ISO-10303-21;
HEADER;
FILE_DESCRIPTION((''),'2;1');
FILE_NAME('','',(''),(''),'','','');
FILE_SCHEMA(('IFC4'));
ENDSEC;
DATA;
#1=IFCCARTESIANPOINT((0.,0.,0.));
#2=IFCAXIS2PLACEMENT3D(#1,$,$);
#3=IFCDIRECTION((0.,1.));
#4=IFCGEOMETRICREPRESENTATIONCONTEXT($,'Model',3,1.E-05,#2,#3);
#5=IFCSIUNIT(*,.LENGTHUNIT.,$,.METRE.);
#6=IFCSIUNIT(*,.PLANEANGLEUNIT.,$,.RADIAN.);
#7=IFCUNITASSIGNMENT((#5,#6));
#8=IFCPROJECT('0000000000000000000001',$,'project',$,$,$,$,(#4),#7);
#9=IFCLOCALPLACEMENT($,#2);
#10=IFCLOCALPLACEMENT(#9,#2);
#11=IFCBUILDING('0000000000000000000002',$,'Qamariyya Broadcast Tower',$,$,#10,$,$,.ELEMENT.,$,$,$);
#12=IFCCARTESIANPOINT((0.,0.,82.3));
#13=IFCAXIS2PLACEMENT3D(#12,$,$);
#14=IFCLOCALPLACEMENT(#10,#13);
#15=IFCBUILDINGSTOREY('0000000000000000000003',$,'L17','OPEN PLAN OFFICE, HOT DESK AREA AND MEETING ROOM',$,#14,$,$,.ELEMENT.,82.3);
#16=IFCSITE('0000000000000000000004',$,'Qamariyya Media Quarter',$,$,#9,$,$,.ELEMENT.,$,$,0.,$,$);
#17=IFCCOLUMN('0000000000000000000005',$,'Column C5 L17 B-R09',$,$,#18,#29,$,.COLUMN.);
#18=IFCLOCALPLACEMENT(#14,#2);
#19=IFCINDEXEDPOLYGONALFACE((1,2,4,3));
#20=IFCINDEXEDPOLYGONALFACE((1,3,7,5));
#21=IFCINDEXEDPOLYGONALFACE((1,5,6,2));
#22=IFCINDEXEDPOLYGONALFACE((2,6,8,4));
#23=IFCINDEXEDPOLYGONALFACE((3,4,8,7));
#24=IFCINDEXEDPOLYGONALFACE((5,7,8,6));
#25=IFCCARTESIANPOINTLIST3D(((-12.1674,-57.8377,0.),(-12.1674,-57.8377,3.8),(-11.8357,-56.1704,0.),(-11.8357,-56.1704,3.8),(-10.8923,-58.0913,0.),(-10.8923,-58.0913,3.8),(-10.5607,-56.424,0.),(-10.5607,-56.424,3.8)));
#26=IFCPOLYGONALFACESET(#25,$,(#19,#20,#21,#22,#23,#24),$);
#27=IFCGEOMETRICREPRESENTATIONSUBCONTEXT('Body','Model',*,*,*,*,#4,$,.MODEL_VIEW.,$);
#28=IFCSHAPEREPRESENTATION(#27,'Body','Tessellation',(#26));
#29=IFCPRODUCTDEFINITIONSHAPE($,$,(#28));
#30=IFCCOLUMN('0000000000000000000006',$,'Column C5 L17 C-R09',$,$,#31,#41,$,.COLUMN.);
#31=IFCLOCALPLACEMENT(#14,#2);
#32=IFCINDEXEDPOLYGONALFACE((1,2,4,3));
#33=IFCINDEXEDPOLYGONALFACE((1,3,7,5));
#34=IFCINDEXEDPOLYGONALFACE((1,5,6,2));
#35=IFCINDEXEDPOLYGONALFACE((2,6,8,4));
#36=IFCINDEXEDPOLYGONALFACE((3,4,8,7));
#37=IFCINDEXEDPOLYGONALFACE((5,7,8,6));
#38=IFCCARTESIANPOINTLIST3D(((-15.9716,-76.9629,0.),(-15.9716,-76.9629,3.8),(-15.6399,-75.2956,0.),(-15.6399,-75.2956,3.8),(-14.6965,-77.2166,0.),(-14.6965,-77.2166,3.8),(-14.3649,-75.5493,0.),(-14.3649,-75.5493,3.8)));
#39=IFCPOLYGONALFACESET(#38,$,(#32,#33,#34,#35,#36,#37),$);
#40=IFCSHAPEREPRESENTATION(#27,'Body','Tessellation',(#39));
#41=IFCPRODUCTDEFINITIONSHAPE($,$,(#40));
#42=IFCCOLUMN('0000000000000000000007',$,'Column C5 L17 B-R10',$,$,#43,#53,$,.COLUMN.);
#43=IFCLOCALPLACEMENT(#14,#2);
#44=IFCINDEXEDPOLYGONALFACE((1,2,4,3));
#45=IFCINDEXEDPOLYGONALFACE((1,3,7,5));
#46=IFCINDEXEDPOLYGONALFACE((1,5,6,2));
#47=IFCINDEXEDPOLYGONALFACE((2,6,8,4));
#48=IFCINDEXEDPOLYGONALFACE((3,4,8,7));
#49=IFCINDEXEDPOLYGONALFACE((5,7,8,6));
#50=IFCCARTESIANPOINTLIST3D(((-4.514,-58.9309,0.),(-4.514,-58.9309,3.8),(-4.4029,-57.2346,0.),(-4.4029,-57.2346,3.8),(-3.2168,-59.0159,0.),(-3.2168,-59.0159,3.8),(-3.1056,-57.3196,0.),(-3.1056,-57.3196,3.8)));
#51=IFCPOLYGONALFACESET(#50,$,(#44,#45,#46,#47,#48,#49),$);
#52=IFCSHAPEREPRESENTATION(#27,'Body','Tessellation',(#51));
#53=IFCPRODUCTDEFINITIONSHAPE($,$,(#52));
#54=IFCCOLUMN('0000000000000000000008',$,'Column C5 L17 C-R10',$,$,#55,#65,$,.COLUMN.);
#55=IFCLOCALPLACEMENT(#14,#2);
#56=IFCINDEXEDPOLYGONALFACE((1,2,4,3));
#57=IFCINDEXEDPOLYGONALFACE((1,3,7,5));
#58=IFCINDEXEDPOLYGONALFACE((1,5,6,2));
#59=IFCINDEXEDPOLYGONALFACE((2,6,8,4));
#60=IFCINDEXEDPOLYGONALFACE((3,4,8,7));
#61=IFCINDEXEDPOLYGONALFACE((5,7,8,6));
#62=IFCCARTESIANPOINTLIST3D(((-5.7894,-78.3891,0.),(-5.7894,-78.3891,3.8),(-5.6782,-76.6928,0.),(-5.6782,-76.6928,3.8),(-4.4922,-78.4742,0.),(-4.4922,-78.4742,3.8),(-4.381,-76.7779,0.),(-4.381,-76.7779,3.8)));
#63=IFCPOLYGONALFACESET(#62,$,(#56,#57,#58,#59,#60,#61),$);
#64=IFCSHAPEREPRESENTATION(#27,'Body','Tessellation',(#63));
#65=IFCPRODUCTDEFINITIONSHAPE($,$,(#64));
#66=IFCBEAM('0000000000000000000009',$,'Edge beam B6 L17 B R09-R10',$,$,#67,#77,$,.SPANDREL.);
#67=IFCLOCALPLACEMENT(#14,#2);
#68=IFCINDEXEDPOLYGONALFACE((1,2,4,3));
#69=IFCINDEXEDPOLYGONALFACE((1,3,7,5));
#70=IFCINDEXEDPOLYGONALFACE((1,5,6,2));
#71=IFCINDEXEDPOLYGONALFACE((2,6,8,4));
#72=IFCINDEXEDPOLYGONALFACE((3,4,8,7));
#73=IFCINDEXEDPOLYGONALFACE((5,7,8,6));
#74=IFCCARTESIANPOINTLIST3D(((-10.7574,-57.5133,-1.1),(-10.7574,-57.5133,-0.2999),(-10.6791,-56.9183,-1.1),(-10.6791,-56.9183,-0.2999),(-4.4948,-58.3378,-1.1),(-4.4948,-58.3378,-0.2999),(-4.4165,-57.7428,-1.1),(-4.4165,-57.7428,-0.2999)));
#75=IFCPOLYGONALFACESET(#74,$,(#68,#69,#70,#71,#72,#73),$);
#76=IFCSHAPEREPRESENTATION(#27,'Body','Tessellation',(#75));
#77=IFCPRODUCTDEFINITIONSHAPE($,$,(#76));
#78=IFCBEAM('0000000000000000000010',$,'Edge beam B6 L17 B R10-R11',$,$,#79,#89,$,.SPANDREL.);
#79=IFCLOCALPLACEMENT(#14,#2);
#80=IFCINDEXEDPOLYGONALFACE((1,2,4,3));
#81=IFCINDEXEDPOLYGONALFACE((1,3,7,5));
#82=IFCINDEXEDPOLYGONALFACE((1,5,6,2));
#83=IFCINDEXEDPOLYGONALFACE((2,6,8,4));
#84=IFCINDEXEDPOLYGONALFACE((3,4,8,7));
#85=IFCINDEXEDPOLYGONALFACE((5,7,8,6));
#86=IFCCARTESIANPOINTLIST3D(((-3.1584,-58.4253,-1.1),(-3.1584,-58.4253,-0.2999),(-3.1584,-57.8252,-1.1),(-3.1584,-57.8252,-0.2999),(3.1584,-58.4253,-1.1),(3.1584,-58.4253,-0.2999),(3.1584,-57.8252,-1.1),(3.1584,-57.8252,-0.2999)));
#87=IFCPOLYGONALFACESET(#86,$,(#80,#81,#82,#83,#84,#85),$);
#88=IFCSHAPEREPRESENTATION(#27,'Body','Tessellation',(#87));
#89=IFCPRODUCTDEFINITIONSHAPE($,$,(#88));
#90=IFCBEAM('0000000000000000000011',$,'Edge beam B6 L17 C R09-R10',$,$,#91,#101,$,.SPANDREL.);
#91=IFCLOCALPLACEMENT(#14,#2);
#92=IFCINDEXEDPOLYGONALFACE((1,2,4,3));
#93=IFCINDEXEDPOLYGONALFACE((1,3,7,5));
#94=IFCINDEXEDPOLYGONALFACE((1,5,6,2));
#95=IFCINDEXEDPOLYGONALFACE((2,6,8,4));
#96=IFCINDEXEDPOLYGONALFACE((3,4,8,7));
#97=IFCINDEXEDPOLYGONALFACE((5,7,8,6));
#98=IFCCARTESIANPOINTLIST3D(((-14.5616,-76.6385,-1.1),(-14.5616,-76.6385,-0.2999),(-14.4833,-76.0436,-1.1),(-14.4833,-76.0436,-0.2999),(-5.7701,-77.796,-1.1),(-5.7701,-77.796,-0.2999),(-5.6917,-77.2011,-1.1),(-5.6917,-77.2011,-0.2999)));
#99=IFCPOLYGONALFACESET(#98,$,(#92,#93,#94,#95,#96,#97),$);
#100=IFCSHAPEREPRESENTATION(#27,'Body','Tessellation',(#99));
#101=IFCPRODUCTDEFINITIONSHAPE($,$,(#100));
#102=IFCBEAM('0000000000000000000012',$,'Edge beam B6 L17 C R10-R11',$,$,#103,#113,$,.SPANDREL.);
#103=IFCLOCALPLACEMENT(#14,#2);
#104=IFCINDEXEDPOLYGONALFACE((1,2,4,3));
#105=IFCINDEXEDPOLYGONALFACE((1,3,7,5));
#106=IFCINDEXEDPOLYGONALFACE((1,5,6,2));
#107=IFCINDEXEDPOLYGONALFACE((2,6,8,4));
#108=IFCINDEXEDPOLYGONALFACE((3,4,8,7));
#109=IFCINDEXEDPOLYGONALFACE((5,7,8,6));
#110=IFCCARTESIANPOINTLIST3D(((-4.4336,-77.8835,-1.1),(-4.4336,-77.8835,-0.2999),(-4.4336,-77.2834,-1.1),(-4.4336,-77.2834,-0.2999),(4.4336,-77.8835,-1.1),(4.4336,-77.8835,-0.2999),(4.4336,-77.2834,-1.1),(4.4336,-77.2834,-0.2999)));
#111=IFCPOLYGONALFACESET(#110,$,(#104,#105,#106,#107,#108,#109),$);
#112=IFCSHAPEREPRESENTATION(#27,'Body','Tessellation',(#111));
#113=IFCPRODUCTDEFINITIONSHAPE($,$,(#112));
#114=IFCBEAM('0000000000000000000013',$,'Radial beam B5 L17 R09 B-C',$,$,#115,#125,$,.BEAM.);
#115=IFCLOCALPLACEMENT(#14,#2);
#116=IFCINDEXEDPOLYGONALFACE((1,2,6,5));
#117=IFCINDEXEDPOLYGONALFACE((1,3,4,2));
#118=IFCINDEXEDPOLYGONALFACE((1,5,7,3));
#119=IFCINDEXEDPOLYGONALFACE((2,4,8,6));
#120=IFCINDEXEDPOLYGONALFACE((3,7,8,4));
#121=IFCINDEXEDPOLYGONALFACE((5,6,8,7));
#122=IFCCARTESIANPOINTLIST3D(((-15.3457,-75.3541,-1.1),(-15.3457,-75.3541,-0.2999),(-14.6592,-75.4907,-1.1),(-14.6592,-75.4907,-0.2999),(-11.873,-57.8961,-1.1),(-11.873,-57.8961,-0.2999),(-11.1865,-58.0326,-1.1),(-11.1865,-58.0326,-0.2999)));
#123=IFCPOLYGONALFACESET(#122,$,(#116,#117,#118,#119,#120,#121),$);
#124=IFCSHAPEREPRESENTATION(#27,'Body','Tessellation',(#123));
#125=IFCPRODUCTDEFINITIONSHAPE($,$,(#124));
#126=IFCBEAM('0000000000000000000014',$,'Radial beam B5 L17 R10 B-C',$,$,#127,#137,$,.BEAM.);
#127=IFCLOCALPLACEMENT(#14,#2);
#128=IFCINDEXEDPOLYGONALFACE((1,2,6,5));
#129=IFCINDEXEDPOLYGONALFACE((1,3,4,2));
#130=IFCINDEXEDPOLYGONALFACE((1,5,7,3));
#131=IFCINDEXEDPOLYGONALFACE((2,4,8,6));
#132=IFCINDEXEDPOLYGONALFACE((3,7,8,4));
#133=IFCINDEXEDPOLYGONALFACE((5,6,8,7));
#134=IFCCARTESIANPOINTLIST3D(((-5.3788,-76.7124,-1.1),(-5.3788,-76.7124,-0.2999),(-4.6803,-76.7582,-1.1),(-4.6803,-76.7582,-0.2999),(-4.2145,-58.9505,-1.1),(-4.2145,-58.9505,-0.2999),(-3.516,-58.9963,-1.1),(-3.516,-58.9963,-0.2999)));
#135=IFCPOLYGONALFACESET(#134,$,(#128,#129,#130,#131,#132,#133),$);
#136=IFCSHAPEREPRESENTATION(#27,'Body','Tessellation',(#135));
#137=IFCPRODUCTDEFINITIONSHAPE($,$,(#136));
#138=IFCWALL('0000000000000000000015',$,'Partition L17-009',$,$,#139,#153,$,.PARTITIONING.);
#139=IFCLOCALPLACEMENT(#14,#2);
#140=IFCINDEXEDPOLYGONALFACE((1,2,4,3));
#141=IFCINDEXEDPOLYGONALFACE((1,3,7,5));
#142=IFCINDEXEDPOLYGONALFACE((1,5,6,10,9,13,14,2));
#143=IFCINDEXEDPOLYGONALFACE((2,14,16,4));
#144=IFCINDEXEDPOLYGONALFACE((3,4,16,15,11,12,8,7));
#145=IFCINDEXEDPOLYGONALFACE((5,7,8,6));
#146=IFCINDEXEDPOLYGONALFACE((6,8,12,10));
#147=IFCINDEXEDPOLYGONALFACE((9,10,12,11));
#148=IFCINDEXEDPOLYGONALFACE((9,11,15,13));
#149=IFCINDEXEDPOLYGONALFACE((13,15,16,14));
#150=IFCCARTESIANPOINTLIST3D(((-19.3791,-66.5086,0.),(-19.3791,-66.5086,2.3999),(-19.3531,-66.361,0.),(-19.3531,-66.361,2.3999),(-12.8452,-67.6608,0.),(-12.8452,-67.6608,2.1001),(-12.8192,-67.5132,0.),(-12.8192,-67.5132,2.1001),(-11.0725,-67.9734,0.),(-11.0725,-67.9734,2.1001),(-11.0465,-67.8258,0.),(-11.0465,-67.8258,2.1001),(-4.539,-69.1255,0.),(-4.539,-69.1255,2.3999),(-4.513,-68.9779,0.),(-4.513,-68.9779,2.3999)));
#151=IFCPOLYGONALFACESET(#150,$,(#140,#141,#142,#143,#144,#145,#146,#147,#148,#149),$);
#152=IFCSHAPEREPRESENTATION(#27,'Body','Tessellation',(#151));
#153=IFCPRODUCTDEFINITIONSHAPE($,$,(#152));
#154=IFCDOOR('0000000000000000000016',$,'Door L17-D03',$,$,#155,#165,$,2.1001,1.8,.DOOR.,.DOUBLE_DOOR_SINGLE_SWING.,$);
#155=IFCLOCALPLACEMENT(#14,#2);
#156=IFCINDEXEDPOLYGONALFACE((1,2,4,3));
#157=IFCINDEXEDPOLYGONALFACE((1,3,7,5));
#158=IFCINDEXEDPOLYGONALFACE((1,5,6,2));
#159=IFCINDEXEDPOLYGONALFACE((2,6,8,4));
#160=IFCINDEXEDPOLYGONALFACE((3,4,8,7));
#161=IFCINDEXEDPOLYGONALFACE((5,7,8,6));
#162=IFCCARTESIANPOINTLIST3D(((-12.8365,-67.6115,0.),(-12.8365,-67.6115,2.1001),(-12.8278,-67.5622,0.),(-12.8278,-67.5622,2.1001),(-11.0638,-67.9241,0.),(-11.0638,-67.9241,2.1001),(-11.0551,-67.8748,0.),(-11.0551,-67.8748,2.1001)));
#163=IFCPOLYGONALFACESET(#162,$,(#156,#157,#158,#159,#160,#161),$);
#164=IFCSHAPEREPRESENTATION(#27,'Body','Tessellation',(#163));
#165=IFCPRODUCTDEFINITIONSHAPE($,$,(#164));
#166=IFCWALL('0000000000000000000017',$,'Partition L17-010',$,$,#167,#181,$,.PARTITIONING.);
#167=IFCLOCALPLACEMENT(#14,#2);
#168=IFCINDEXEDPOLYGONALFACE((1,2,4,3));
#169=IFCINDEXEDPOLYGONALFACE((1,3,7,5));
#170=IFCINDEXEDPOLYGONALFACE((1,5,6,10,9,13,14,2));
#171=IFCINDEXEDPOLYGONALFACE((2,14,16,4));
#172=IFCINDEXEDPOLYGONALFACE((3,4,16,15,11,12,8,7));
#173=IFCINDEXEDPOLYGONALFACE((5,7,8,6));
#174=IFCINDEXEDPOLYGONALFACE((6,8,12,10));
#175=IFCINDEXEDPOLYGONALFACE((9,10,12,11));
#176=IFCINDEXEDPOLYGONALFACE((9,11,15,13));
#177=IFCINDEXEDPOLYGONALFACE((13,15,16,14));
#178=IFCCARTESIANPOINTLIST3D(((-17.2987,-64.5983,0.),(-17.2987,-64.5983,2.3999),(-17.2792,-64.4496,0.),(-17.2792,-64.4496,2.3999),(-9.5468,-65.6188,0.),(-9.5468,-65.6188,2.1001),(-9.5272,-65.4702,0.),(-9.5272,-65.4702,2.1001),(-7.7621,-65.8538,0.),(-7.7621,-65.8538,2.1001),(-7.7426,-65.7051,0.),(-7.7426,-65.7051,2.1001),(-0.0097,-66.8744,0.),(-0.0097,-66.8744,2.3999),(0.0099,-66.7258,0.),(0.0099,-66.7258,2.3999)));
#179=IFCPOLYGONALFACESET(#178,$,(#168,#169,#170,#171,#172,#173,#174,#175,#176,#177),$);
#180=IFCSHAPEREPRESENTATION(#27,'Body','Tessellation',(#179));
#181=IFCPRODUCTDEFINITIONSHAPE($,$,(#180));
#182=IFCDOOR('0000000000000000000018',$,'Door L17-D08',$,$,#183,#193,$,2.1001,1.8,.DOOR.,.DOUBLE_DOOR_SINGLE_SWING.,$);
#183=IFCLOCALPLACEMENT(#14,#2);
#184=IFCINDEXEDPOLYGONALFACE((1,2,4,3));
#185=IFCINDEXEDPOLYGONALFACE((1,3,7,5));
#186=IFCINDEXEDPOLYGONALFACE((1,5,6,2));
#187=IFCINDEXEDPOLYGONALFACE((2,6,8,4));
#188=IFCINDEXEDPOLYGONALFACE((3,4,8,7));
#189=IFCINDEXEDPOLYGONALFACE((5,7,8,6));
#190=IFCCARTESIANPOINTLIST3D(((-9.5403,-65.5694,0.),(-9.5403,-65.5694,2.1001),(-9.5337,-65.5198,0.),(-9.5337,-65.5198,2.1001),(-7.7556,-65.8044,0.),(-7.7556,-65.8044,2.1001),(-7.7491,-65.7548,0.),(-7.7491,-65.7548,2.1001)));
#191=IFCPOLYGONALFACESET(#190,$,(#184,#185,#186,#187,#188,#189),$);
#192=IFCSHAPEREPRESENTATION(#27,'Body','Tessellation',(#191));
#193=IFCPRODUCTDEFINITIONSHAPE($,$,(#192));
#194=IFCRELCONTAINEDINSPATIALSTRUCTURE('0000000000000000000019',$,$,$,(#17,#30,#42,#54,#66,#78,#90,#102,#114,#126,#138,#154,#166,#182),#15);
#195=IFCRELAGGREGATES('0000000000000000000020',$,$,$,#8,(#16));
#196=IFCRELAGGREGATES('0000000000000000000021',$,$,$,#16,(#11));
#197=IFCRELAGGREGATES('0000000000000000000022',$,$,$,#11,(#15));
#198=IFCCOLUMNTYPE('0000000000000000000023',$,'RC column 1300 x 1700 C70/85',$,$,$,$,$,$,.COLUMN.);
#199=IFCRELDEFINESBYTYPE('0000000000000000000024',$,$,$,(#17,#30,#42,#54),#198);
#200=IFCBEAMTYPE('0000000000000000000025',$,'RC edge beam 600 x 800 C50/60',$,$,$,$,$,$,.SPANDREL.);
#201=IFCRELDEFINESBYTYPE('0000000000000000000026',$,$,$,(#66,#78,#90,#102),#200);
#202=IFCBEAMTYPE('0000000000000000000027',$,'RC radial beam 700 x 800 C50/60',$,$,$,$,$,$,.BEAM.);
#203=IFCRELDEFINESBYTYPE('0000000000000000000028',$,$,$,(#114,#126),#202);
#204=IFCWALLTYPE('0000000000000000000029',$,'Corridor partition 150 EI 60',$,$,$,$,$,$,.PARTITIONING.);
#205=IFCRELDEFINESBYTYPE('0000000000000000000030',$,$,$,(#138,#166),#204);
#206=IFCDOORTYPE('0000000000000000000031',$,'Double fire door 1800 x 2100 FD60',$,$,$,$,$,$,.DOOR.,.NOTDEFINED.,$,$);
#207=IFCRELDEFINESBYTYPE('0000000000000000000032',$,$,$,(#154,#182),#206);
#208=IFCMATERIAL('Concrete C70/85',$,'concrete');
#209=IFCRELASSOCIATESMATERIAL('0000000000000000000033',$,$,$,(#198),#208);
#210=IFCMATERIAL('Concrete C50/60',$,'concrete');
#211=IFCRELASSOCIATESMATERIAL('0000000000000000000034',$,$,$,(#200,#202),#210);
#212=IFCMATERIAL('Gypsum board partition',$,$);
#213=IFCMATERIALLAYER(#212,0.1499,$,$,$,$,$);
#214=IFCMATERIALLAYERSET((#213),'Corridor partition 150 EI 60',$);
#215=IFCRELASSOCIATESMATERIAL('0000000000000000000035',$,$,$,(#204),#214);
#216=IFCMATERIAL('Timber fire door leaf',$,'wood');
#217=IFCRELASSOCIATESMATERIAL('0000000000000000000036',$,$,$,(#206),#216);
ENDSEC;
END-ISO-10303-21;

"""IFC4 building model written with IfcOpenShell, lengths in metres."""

from ifc_helpers import new_model, si_unit, direction, frame, frame_2d, origin, origin_2d, place, context, subcontext, project, spatial, rectangle, extrude, material, layer, layer_set, material_profile, profile_set, type_object, element, fill, save


model = new_model("IFC4")

# Units and contexts
model_context = context("Model", 3, precision=1e-05, world=origin(), true_north=direction((0.0, 1.0)))
body_context = subcontext(model_context, "Body", "Model", "MODEL_VIEW")
ifc_project = project(units=[si_unit("LENGTHUNIT", "METRE"), si_unit("PLANEANGLEUNIT", "RADIAN")], contexts=[model_context])

# Site, building, storey
site_placement = place(None, origin())
site = spatial("IfcSite", under=ifc_project, at=site_placement, Name="Qamariyya Media Quarter", CompositionType="ELEMENT", RefElevation=0.0)
building_placement = place(site_placement, origin())
building = spatial("IfcBuilding", under=site, at=building_placement, Name="Qamariyya Broadcast Tower", CompositionType="ELEMENT")
storey_placement = place(building_placement, frame((0.0, 0.0, 82.3)))
storey = spatial("IfcBuildingStorey", under=building, at=storey_placement, Name="L17", Description="OPEN PLAN OFFICE, HOT DESK AREA AND MEETING ROOM", CompositionType="ELEMENT", Elevation=82.3)

# Columns
ifc_material_1 = material(Name="Concrete C70/85", Category="concrete")
ifc_material_profile_1 = material_profile(ifc_material_1, rectangle(XDim=1.3, YDim=1.7, at=origin_2d()))
ifc_profile_set_1 = profile_set([ifc_material_profile_1], Name="Concrete C70/85")
column_type = type_object("IfcColumnType", Name="RC column 1300 x 1700 C70/85", PredefinedType="COLUMN", material=ifc_profile_set_1)
for number, where, z_axis, x_axis, name in (
    (1, (-11.364, -57.1309, 0.0), (0.0, 0.0, 1.0), (0.980785, -0.19509, 0.0), "Column C5 L17 B-R09"),
    (2, (-15.1682, -76.2561, 0.0), (0.0, 0.0, 1.0), (0.980785, -0.19509, 0.0), "Column C5 L17 C-R09"),
    (3, (-3.8098, -58.1252, 0.0), (0.0, 0.0, 1.0), (0.997859, -0.065403, 0.0), "Column C5 L17 B-R10"),
    (4, (-5.0852, -77.5835, 0.0), (0.0, 0.0, 1.0), (0.997859, -0.065403, 0.0), "Column C5 L17 C-R10"),
):
    element("IfcColumn", number, at=place(storey_placement, frame(where, z_axis=z_axis, x_axis=x_axis)), inside=storey, type_object=column_type, Name=name, PredefinedType="COLUMN", context=body_context, shape_type="SweptSolid", body=[
        extrude(rectangle(XDim=1.3, YDim=1.7, at=origin_2d()), origin(), (0.0, 0.0, 1.0), 3.8),
    ])

# Beams
ifc_material_2 = material(Name="Concrete C50/60", Category="concrete")
ifc_material_profile_2 = material_profile(ifc_material_2, rectangle(XDim=0.6001, YDim=0.8, at=origin_2d()))
ifc_profile_set_2 = profile_set([ifc_material_profile_2], Name="Concrete C50/60")
beam_type_1 = type_object("IfcBeamType", Name="RC edge beam 600 x 800 C50/60", PredefinedType="SPANDREL", material=ifc_profile_set_2)
beam_1_placement = place(storey_placement, frame((-10.7183, -57.2158, -0.7), z_axis=(0.991446, -0.13052, 0.0), x_axis=(0.13052, 0.991446, 0.0)))
element("IfcBeam", 5, at=beam_1_placement, inside=storey, type_object=beam_type_1, Name="Edge beam B6 L17 B R09-R10", PredefinedType="SPANDREL", context=body_context, shape_type="SweptSolid", body=[
    extrude(rectangle(XDim=0.6001, YDim=0.8, at=origin_2d()), origin(), (0.0, 0.0, 1.0), 6.3167),
])
beam_2_placement = place(storey_placement, frame((-3.1584, -58.1252, -0.7), z_axis=(1.0, 0.0, 0.0), x_axis=(0.0, 1.0, 0.0)))
element("IfcBeam", 6, at=beam_2_placement, inside=storey, type_object=beam_type_1, Name="Edge beam B6 L17 B R10-R11", PredefinedType="SPANDREL", context=body_context, shape_type="SweptSolid", body=[
    extrude(rectangle(XDim=0.6001, YDim=0.8, at=origin_2d()), origin(), (0.0, 0.0, 1.0), 6.3169),
])
beam_3_placement = place(storey_placement, frame((-14.5225, -76.3411, -0.7), z_axis=(0.991444, -0.130531, 0.0), x_axis=(0.130531, 0.991444, 0.0)))
element("IfcBeam", 7, at=beam_3_placement, inside=storey, type_object=beam_type_1, Name="Edge beam B6 L17 C R09-R10", PredefinedType="SPANDREL", context=body_context, shape_type="SweptSolid", body=[
    extrude(rectangle(XDim=0.6001, YDim=0.8, at=origin_2d()), origin(), (0.0, 0.0, 1.0), 8.8674),
])
beam_4_placement = place(storey_placement, frame((-4.4336, -77.5835, -0.7), z_axis=(1.0, 0.0, 0.0), x_axis=(0.0, 1.0, 0.0)))
element("IfcBeam", 8, at=beam_4_placement, inside=storey, type_object=beam_type_1, Name="Edge beam B6 L17 C R10-R11", PredefinedType="SPANDREL", context=body_context, shape_type="SweptSolid", body=[
    extrude(rectangle(XDim=0.6001, YDim=0.8, at=origin_2d()), origin(), (0.0, 0.0, 1.0), 8.8672),
])
ifc_material_profile_3 = material_profile(ifc_material_2, rectangle(XDim=0.7, YDim=0.8, at=origin_2d()))
ifc_profile_set_3 = profile_set([ifc_material_profile_3], Name="Concrete C50/60")
beam_type_2 = type_object("IfcBeamType", Name="RC radial beam 700 x 800 C50/60", PredefinedType="BEAM", material=ifc_profile_set_3)
for number, where, z_axis, x_axis, name in (
    (9, (-11.5298, -57.9644, -0.7), (-0.195093, -0.980785, 0.0), (0.980785, -0.195093, 0.0), "Radial beam B5 L17 R09 B-C"),
    (10, (-3.8652, -58.9734, -0.7), (-0.06541, -0.997858, 0.0), (0.997858, -0.06541, 0.0), "Radial beam B5 L17 R10 B-C"),
):
    element("IfcBeam", number, at=place(storey_placement, frame(where, z_axis=z_axis, x_axis=x_axis)), inside=storey, type_object=beam_type_2, Name=name, PredefinedType="BEAM", context=body_context, shape_type="SweptSolid", body=[
        extrude(rectangle(XDim=0.7, YDim=0.8, at=origin_2d()), origin(), (0.0, 0.0, 1.0), 17.8),
    ])

# Walls, openings, doors
ifc_material_3 = material(Name="Gypsum board partition")
ifc_layer_1 = layer(ifc_material_3, 0.1499)
ifc_layer_set_1 = layer_set([ifc_layer_1], Name="Corridor partition 150 EI 60")
wall_type_1 = type_object("IfcWallType", Name="Corridor partition 150 EI 60", PredefinedType="PARTITIONING", material=ifc_layer_set_1)
wall_1_placement = place(storey_placement, frame((-4.5259, -69.0518, 0.0), z_axis=(0.0, 0.0, 1.0), x_axis=(-0.984805, 0.173663, 0.0)))
wall_1 = element("IfcWall", 11, at=wall_1_placement, inside=storey, type_object=wall_type_1, Name="Partition L17-009", PredefinedType="PARTITIONING", context=body_context, shape_type="SweptSolid", body=[
    extrude(rectangle(XDim=15.0691, YDim=0.1499, at=frame_2d((7.5347, 0.0))), origin(), (0.0, 0.0, 1.0), 2.3999),
])
opening_1_placement = place(wall_1_placement, frame((6.6345, 0.0, 0.0)))
opening_1 = element("IfcOpeningElement", 12, at=opening_1_placement, cuts=wall_1, PredefinedType="OPENING", context=body_context, shape_type="SweptSolid", body=[
    extrude(rectangle(XDim=1.8, YDim=2.1001, at=frame_2d((0.8999, 1.05))), frame((0.0, 0.085, 0.0), z_axis=(0.0, -1.0, 0.0), x_axis=(1.0, 0.0, 0.0)), (0.0, 0.0, 1.0), 0.1699),
])
ifc_material_4 = material(Name="Timber fire door leaf", Category="wood")
door_type = type_object("IfcDoorType", Name="Double fire door 1800 x 2100 FD60", OperationType="NOTDEFINED", PredefinedType="DOOR", material=ifc_material_4)
door_1_placement = place(opening_1_placement, origin())
door_1 = element("IfcDoor", 13, at=door_1_placement, inside=storey, type_object=door_type, Name="Door L17-D03", OperationType="DOUBLE_DOOR_SINGLE_SWING", OverallHeight=2.1001, OverallWidth=1.8, PredefinedType="DOOR", context=body_context, shape_type="SweptSolid", body=[
    extrude(rectangle(XDim=1.8, YDim=2.1001, at=frame_2d((0.8999, 1.05))), frame((0.0, 0.0249, 0.0), z_axis=(0.0, -1.0, 0.0), x_axis=(1.0, 0.0, 0.0)), (0.0, 0.0, 1.0), 0.05),
])
fill(opening_1, door_1)
wall_2_placement = place(storey_placement, frame((-17.2891, -64.5239, 0.0), z_axis=(0.0, 0.0, 1.0), x_axis=(0.991445, -0.130525, 0.0)))
wall_2 = element("IfcWall", 14, at=wall_2_placement, inside=storey, type_object=wall_type_1, Name="Partition L17-010", PredefinedType="PARTITIONING", context=body_context, shape_type="SweptSolid", body=[
    extrude(rectangle(XDim=17.4382, YDim=0.1499, at=frame_2d((8.7192, 0.0))), origin(), (0.0, 0.0, 1.0), 2.3999),
])
opening_2_placement = place(wall_2_placement, frame((7.8191, 0.0, 0.0)))
opening_2 = element("IfcOpeningElement", 15, at=opening_2_placement, cuts=wall_2, PredefinedType="OPENING", context=body_context, shape_type="SweptSolid", body=[
    extrude(rectangle(XDim=1.8, YDim=2.1001, at=frame_2d((0.8999, 1.05))), frame((0.0, 0.085, 0.0), z_axis=(0.0, -1.0, 0.0), x_axis=(1.0, 0.0, 0.0)), (0.0, 0.0, 1.0), 0.1699),
])
door_2_placement = place(opening_2_placement, origin())
door_2 = element("IfcDoor", 16, at=door_2_placement, inside=storey, type_object=door_type, Name="Door L17-D08", OperationType="DOUBLE_DOOR_SINGLE_SWING", OverallHeight=2.1001, OverallWidth=1.8, PredefinedType="DOOR", context=body_context, shape_type="SweptSolid", body=[
    extrude(rectangle(XDim=1.8, YDim=2.1001, at=frame_2d((0.8999, 1.05))), frame((0.0, 0.0249, 0.0), z_axis=(0.0, -1.0, 0.0), x_axis=(1.0, 0.0, 0.0)), (0.0, 0.0, 1.0), 0.05),
])
fill(opening_2, door_2)

save(model, "model.ifc")
